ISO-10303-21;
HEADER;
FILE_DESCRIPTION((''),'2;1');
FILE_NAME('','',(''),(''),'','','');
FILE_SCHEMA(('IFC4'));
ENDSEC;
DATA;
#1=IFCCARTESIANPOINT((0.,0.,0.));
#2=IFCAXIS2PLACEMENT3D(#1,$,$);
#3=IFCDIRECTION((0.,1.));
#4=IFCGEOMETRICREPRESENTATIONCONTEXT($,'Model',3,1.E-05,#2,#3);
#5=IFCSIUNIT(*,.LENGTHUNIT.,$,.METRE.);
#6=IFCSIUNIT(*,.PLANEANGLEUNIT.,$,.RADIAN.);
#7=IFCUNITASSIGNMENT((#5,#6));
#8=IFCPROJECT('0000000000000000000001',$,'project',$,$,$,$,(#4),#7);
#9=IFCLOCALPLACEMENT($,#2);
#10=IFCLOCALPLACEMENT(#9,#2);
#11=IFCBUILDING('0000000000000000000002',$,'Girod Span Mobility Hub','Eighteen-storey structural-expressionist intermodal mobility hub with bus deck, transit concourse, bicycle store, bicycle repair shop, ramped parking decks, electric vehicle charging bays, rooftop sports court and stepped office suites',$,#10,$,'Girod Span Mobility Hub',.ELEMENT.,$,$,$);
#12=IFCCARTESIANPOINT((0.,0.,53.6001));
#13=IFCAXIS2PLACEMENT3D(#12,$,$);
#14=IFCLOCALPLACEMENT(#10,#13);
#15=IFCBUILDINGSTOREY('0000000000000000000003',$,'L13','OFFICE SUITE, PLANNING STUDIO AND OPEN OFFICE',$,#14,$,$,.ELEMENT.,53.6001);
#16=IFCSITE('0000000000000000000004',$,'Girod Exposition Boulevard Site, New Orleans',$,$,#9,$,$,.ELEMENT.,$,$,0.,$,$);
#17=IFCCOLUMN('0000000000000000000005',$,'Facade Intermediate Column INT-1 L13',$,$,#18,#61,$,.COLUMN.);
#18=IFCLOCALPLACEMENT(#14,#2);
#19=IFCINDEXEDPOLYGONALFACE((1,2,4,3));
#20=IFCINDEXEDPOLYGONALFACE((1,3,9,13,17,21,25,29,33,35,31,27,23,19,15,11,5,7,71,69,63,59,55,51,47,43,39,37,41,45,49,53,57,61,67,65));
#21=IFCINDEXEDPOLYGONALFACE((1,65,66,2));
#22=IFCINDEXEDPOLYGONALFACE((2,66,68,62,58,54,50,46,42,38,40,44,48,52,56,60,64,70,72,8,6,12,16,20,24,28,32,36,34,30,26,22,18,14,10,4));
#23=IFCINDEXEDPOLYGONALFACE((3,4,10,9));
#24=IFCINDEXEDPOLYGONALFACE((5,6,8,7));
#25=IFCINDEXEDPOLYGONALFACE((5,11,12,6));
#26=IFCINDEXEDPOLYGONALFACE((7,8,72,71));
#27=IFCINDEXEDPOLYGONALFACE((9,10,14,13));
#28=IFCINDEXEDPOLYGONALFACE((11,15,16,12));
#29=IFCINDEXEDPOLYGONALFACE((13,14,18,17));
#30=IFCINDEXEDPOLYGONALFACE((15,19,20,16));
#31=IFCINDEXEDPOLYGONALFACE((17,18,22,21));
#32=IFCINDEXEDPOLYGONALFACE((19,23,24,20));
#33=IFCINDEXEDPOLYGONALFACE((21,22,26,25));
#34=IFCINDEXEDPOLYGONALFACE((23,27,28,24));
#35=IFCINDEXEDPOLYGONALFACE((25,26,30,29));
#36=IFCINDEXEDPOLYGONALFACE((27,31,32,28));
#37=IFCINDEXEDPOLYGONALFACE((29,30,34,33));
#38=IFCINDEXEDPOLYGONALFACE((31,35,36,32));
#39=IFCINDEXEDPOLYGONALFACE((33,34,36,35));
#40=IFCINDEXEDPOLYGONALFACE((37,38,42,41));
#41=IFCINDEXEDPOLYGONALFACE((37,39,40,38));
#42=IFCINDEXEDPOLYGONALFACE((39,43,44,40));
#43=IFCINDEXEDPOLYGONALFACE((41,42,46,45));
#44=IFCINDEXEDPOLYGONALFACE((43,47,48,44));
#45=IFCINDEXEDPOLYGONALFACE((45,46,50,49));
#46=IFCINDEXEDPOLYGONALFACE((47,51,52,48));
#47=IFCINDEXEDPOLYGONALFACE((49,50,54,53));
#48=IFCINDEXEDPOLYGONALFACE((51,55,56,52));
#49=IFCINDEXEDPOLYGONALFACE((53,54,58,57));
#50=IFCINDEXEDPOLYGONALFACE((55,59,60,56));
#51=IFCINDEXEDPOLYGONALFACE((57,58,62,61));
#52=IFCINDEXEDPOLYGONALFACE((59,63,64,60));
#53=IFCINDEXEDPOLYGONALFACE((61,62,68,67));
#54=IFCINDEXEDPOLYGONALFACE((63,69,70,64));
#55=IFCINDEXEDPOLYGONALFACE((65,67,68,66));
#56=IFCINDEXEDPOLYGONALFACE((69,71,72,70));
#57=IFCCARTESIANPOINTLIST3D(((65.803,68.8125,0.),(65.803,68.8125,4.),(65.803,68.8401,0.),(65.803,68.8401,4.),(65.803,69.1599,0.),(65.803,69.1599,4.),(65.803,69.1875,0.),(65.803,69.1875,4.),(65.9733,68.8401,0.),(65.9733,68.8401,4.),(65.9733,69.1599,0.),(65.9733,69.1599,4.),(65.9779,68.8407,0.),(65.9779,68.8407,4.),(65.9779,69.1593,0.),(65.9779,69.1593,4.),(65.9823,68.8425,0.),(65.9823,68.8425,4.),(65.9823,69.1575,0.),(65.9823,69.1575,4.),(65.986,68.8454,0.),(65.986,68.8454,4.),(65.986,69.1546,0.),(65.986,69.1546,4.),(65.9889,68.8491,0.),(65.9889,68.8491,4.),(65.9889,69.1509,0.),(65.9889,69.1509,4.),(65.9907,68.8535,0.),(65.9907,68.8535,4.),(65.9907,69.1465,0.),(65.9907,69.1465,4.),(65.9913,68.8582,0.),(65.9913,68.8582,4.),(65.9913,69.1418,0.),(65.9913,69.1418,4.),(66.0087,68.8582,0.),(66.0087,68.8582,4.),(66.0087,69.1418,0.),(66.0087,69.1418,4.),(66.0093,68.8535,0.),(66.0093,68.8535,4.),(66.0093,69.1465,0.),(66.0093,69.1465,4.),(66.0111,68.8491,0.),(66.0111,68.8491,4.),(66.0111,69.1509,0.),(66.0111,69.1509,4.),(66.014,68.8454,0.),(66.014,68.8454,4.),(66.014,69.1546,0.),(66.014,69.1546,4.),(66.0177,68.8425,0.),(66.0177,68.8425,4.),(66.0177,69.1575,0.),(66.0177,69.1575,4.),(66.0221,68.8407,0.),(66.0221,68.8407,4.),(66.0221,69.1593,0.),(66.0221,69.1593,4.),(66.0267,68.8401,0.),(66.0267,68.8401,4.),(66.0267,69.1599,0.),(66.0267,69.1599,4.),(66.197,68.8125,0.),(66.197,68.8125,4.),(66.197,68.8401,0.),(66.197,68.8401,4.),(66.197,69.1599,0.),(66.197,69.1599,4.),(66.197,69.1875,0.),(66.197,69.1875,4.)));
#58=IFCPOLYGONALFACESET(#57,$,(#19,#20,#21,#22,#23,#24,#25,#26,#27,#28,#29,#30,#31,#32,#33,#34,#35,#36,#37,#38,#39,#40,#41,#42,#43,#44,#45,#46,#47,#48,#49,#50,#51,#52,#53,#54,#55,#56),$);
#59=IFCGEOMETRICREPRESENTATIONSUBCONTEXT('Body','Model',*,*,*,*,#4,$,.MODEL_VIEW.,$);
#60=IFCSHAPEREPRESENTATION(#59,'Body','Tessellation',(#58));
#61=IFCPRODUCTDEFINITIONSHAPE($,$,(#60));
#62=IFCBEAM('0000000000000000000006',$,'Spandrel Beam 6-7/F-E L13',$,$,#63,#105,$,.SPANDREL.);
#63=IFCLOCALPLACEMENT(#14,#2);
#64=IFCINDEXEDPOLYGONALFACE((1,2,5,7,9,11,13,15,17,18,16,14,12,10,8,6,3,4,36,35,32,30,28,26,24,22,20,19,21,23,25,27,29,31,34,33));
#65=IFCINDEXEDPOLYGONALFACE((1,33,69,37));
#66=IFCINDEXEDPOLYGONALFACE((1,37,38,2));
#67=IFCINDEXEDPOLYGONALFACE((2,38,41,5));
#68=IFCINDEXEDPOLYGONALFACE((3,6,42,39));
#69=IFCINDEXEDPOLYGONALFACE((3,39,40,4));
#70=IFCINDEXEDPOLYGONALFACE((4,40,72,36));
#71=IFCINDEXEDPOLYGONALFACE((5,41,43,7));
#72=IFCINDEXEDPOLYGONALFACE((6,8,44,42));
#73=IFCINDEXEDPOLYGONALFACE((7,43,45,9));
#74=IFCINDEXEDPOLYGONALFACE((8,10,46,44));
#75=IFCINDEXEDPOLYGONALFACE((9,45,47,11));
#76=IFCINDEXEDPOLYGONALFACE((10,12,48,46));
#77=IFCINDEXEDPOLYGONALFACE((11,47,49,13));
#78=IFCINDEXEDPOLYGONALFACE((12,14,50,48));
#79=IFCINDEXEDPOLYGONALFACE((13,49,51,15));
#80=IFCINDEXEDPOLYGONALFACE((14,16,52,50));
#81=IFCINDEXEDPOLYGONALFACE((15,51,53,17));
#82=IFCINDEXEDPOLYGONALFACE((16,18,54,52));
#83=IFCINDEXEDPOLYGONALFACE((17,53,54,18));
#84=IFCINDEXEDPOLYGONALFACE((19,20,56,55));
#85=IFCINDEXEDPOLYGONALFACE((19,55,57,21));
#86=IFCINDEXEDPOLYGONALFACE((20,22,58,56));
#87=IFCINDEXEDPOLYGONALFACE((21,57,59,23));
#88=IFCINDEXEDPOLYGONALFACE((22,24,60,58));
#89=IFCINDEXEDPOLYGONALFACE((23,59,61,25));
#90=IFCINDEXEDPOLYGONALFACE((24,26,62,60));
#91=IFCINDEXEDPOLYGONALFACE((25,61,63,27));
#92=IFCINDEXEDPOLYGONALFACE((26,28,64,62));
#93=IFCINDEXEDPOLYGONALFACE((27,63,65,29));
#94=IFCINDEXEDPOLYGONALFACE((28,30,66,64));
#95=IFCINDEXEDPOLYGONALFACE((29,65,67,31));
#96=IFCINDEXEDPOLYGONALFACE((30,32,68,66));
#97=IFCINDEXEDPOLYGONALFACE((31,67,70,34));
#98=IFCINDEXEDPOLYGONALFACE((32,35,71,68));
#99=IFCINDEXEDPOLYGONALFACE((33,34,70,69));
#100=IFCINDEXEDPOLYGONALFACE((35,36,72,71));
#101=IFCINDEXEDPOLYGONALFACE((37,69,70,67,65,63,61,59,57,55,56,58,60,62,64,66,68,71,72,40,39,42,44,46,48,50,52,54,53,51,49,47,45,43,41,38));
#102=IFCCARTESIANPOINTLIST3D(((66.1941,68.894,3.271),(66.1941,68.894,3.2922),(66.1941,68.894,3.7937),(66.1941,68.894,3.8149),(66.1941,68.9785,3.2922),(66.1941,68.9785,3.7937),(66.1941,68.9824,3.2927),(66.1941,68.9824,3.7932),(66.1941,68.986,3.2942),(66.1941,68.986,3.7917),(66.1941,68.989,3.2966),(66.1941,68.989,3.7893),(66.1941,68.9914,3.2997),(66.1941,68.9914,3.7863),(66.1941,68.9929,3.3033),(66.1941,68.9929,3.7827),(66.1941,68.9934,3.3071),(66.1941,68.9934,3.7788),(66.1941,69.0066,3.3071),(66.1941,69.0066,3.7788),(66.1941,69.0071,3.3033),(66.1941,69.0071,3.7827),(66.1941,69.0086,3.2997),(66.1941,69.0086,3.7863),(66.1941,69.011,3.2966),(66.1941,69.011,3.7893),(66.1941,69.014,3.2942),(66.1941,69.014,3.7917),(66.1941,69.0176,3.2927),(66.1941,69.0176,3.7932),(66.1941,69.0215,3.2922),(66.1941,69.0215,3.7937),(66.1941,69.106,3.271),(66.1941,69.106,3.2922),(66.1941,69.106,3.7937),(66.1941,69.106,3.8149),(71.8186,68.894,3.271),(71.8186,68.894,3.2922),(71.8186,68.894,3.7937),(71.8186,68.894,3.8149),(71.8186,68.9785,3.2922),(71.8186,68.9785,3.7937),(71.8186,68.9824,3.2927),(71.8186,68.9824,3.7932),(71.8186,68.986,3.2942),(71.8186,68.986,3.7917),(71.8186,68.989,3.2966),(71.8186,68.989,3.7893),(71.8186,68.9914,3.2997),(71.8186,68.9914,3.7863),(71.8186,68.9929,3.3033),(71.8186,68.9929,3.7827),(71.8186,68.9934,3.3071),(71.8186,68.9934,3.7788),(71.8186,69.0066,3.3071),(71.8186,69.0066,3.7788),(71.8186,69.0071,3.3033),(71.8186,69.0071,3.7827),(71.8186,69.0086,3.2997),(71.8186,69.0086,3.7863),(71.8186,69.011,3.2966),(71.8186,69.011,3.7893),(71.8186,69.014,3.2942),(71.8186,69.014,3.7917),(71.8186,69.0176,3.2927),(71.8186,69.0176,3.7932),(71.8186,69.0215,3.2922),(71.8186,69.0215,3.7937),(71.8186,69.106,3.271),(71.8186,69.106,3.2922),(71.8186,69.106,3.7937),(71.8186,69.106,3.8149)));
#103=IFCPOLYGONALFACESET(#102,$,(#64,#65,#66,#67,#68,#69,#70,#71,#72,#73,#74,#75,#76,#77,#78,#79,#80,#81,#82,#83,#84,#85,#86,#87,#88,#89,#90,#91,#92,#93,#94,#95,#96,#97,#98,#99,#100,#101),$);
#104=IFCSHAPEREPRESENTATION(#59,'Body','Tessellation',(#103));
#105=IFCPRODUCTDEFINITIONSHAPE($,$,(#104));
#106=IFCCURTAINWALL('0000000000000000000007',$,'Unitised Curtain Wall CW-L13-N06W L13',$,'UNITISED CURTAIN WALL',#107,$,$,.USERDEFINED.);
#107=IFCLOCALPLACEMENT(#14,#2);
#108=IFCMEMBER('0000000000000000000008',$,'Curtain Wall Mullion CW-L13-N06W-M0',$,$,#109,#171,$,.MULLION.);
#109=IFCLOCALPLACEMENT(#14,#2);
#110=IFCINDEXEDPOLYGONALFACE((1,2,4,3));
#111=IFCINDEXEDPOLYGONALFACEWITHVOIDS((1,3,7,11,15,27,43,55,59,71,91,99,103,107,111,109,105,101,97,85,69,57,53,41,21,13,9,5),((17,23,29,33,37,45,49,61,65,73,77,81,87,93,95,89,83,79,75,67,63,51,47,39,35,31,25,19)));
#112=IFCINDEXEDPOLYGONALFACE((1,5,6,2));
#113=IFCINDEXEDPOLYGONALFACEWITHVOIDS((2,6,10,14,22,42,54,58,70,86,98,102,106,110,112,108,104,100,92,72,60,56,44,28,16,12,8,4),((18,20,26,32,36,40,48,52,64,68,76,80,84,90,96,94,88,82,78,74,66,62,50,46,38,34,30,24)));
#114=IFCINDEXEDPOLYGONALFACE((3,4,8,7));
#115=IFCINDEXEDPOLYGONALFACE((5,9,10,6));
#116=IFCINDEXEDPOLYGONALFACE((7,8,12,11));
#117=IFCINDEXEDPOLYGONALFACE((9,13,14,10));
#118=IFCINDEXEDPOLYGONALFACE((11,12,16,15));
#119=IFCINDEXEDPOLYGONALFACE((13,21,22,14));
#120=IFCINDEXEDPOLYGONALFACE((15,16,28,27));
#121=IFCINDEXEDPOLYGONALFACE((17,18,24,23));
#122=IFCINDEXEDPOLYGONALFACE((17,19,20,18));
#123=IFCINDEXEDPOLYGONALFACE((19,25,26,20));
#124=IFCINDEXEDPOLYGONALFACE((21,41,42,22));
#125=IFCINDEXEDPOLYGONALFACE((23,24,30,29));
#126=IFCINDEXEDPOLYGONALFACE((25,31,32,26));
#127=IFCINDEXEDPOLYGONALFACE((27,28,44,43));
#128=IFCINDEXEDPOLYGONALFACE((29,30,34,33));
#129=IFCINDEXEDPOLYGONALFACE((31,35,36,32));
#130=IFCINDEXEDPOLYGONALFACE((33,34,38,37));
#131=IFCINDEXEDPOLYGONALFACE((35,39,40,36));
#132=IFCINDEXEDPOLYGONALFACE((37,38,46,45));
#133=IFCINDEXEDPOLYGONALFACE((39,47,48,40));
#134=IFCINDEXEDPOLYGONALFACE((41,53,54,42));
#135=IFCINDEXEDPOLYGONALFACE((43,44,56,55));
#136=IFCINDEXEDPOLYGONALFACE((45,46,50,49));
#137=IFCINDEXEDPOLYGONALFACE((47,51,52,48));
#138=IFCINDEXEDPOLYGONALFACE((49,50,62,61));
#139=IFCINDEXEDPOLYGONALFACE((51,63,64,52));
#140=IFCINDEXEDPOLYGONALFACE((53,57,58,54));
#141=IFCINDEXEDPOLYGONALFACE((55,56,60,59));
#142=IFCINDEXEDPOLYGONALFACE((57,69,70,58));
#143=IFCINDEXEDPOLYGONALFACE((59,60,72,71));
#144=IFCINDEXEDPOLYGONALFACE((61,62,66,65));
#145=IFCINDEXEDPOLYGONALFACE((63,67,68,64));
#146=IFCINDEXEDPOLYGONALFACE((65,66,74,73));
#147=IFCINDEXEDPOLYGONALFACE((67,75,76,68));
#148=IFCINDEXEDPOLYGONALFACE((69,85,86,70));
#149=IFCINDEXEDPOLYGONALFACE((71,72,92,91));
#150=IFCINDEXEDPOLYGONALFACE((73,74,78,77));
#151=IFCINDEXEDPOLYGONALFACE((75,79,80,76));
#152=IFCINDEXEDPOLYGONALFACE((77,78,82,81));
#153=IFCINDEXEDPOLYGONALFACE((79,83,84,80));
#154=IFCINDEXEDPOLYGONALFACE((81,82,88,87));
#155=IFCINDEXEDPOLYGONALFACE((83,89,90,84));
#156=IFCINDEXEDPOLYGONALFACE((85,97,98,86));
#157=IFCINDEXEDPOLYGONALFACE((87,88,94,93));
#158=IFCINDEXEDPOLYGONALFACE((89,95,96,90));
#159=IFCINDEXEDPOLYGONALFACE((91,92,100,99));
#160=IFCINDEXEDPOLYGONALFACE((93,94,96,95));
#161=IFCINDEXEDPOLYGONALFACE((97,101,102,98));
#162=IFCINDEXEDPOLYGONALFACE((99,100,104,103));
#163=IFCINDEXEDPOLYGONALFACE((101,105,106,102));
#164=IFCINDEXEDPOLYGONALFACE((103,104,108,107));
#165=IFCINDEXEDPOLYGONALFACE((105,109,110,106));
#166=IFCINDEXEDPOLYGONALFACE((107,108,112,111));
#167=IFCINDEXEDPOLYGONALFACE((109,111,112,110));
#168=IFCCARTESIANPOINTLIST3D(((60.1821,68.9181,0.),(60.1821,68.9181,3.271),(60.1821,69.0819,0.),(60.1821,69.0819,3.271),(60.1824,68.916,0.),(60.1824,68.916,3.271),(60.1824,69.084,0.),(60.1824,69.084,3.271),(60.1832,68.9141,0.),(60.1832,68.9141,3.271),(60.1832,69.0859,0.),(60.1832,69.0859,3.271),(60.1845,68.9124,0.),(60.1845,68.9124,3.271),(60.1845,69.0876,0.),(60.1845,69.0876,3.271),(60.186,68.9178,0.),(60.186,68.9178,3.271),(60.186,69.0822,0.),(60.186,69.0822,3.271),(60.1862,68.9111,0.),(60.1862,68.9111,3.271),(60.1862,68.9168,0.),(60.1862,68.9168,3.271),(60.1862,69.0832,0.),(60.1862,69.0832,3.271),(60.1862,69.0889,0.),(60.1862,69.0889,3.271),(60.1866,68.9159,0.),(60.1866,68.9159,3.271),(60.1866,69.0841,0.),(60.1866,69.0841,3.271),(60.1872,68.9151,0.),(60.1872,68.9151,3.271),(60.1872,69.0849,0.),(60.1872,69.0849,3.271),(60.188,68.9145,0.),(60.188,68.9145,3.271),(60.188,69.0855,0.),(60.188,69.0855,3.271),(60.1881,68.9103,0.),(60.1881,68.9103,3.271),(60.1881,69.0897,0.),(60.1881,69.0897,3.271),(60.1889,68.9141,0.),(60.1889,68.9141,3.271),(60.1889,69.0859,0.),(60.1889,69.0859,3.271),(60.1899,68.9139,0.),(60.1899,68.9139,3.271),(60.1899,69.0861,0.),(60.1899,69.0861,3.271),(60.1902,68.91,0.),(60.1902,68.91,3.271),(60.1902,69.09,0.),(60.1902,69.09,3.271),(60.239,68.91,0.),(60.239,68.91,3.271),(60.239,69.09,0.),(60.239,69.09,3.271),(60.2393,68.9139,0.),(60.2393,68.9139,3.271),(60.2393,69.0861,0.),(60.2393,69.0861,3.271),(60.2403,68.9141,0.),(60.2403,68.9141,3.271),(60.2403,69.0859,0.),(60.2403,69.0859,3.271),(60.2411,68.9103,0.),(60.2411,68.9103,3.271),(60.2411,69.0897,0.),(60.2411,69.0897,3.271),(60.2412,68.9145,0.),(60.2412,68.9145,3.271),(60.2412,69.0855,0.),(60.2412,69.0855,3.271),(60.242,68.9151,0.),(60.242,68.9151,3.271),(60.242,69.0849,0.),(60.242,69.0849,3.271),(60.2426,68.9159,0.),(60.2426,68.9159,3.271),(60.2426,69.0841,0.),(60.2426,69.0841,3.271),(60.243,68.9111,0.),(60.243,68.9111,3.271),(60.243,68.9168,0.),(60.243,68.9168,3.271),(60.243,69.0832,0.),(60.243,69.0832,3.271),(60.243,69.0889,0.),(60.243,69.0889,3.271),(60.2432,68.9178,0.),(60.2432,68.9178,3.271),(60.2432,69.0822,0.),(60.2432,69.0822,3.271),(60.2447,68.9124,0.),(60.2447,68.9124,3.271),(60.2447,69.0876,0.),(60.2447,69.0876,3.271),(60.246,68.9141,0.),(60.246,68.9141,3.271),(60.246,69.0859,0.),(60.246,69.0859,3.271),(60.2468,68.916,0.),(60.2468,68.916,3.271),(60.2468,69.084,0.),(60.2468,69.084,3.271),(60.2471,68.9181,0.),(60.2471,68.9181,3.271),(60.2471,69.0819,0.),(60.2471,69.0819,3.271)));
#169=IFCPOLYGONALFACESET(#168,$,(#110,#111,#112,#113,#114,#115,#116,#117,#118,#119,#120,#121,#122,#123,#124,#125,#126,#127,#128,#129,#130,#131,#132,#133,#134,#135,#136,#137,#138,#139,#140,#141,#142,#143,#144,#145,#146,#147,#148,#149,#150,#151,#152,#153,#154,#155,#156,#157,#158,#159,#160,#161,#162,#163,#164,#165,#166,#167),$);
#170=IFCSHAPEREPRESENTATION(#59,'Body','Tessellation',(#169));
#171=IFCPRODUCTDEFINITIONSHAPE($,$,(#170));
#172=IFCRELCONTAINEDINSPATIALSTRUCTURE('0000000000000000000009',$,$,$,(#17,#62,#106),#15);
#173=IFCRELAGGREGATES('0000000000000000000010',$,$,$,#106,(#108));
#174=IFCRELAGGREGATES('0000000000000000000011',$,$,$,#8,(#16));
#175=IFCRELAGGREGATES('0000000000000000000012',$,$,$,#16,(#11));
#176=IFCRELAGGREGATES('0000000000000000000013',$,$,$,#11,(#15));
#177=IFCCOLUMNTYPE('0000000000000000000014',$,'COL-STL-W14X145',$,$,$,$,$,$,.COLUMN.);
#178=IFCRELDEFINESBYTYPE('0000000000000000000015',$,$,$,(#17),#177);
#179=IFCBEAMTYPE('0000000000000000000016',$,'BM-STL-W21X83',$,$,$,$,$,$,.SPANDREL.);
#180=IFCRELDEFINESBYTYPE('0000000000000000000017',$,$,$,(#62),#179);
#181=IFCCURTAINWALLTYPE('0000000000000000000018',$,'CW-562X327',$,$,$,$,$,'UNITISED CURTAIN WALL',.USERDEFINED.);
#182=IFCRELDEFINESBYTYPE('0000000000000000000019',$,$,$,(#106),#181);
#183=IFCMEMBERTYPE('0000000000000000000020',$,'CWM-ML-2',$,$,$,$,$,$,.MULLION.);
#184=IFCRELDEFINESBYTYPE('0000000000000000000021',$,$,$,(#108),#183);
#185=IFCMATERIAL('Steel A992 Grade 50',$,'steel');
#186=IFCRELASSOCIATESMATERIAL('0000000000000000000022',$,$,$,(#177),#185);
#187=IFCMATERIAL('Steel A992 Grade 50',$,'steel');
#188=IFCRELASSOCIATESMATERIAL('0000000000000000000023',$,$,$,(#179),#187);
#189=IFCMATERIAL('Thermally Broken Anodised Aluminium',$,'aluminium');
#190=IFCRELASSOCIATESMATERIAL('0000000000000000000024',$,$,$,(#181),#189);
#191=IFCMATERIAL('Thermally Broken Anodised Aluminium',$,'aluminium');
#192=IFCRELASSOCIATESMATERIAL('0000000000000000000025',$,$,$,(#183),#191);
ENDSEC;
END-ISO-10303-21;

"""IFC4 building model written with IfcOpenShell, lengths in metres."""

from ifc_helpers import new_model, si_unit, direction, frame, origin, origin_2d, place, context, subcontext, project, spatial, hollow_rectangle, i_section, extrude, material, material_profile, profile_set, type_object, element, aggregate, save


model = new_model("IFC4")

# Units and contexts
model_context = context("Model", 3, precision=1e-05, world=origin(), true_north=direction((0.0, 1.0)))
body_context = subcontext(model_context, "Body", "Model", "MODEL_VIEW")
ifc_project = project(units=[si_unit("LENGTHUNIT", "METRE"), si_unit("PLANEANGLEUNIT", "RADIAN")], contexts=[model_context])

# Site, building, storey
site_placement = place(None, origin())
site = spatial("IfcSite", under=ifc_project, at=site_placement, Name="Girod Exposition Boulevard Site, New Orleans", CompositionType="ELEMENT", RefElevation=0.0)
building_placement = place(site_placement, origin())
building = spatial("IfcBuilding", under=site, at=building_placement, Name="Girod Span Mobility Hub", Description="Eighteen-storey structural-expressionist intermodal mobility hub with bus deck, transit concourse, bicycle store, bicycle repair shop, ramped parking decks, electric vehicle charging bays, rooftop sports court and stepped office suites", LongName="Girod Span Mobility Hub", CompositionType="ELEMENT")
storey_placement = place(building_placement, frame((0.0, 0.0, 53.6001)))
storey = spatial("IfcBuildingStorey", under=building, at=storey_placement, Name="L13", Description="OFFICE SUITE, PLANNING STUDIO AND OPEN OFFICE", CompositionType="ELEMENT", Elevation=53.6001)

# Column
ifc_material_1 = material(Name="Steel A992 Grade 50", Category="steel")
ifc_material_profile_1 = material_profile(ifc_material_1, i_section(OverallWidth=0.394, OverallDepth=0.375, WebThickness=0.0173, FlangeThickness=0.0276, FilletRadius=0.0181, at=origin_2d()), Name="W14X145")
ifc_profile_set_1 = profile_set([ifc_material_profile_1], Name="Steel A992 Grade 50")
column_type = type_object("IfcColumnType", Name="COL-STL-W14X145", PredefinedType="COLUMN", material=ifc_profile_set_1)
column_placement = place(storey_placement, frame((66.0, 69.0, 0.0), z_axis=(0.0, 0.0, 1.0), x_axis=(1.0, 0.0, 0.0)))
element("IfcColumn", 1, at=column_placement, inside=storey, type_object=column_type, Name="Facade Intermediate Column INT-1 L13", PredefinedType="COLUMN", context=body_context, shape_type="SweptSolid", body=[
    extrude(i_section(OverallWidth=0.394, OverallDepth=0.375, WebThickness=0.0173, FlangeThickness=0.0276, FilletRadius=0.0181, at=origin_2d()), origin(), (0.0, 0.0, 1.0), 4.0),
])

# Beam
ifc_material_2 = material(Name="Steel A992 Grade 50", Category="steel")
ifc_material_profile_2 = material_profile(ifc_material_2, i_section(OverallWidth=0.2119, OverallDepth=0.5439, WebThickness=0.0132, FlangeThickness=0.0212, FilletRadius=0.0149, at=origin_2d()), Name="W21X83")
ifc_profile_set_2 = profile_set([ifc_material_profile_2], Name="Steel A992 Grade 50")
beam_type = type_object("IfcBeamType", Name="BM-STL-W21X83", PredefinedType="SPANDREL", material=ifc_profile_set_2)
beam_placement = place(storey_placement, frame((66.1941, 69.0, 3.543), z_axis=(1.0, 0.0, 0.0), x_axis=(0.0, 1.0, 0.0)))
element("IfcBeam", 2, at=beam_placement, inside=storey, type_object=beam_type, Name="Spandrel Beam 6-7/F-E L13", PredefinedType="SPANDREL", context=body_context, shape_type="SweptSolid", body=[
    extrude(i_section(OverallWidth=0.2119, OverallDepth=0.5439, WebThickness=0.0132, FlangeThickness=0.0212, FilletRadius=0.0149, at=origin_2d()), origin(), (0.0, 0.0, 1.0), 5.6245),
])

# Curtain wall, member
ifc_material_3 = material(Name="Thermally Broken Anodised Aluminium", Category="aluminium")
curtain_wall_type = type_object("IfcCurtainWallType", Name="CW-562X327", ElementType="UNITISED CURTAIN WALL", PredefinedType="USERDEFINED", material=ifc_material_3)
curtain_wall_1_placement = place(storey_placement, origin())
curtain_wall_1 = element("IfcCurtainWall", 3, at=curtain_wall_1_placement, inside=storey, type_object=curtain_wall_type, Name="Unitised Curtain Wall CW-L13-N06W L13", ObjectType="UNITISED CURTAIN WALL", PredefinedType="USERDEFINED")
ifc_material_4 = material(Name="Thermally Broken Anodised Aluminium", Category="aluminium")
ifc_material_profile_3 = material_profile(ifc_material_4, hollow_rectangle(XDim=0.1799, YDim=0.0649, WallThickness=0.0039, InnerFilletRadius=0.0039, OuterFilletRadius=0.0081, at=origin_2d()), Name="CW-ML-65X180")
ifc_profile_set_3 = profile_set([ifc_material_profile_3], Name="Thermally Broken Anodised Aluminium")
member_type_1 = type_object("IfcMemberType", Name="CWM-ML-2", PredefinedType="MULLION", material=ifc_profile_set_3)
member_1_placement = place(storey_placement, frame((60.2146, 69.0, 0.0), z_axis=(0.0, 0.0, 1.0), x_axis=(0.0, 1.0, 0.0)))
member_1 = element("IfcMember", 4, at=member_1_placement, type_object=member_type_1, Name="Curtain Wall Mullion CW-L13-N06W-M0", PredefinedType="MULLION", context=body_context, shape_type="SweptSolid", body=[
    extrude(hollow_rectangle(XDim=0.1799, YDim=0.0649, WallThickness=0.0039, InnerFilletRadius=0.0039, OuterFilletRadius=0.0081, at=origin_2d()), origin(), (0.0, 0.0, 1.0), 3.271),
])

aggregate(curtain_wall_1, [member_1])

save(model, "model.ifc")
